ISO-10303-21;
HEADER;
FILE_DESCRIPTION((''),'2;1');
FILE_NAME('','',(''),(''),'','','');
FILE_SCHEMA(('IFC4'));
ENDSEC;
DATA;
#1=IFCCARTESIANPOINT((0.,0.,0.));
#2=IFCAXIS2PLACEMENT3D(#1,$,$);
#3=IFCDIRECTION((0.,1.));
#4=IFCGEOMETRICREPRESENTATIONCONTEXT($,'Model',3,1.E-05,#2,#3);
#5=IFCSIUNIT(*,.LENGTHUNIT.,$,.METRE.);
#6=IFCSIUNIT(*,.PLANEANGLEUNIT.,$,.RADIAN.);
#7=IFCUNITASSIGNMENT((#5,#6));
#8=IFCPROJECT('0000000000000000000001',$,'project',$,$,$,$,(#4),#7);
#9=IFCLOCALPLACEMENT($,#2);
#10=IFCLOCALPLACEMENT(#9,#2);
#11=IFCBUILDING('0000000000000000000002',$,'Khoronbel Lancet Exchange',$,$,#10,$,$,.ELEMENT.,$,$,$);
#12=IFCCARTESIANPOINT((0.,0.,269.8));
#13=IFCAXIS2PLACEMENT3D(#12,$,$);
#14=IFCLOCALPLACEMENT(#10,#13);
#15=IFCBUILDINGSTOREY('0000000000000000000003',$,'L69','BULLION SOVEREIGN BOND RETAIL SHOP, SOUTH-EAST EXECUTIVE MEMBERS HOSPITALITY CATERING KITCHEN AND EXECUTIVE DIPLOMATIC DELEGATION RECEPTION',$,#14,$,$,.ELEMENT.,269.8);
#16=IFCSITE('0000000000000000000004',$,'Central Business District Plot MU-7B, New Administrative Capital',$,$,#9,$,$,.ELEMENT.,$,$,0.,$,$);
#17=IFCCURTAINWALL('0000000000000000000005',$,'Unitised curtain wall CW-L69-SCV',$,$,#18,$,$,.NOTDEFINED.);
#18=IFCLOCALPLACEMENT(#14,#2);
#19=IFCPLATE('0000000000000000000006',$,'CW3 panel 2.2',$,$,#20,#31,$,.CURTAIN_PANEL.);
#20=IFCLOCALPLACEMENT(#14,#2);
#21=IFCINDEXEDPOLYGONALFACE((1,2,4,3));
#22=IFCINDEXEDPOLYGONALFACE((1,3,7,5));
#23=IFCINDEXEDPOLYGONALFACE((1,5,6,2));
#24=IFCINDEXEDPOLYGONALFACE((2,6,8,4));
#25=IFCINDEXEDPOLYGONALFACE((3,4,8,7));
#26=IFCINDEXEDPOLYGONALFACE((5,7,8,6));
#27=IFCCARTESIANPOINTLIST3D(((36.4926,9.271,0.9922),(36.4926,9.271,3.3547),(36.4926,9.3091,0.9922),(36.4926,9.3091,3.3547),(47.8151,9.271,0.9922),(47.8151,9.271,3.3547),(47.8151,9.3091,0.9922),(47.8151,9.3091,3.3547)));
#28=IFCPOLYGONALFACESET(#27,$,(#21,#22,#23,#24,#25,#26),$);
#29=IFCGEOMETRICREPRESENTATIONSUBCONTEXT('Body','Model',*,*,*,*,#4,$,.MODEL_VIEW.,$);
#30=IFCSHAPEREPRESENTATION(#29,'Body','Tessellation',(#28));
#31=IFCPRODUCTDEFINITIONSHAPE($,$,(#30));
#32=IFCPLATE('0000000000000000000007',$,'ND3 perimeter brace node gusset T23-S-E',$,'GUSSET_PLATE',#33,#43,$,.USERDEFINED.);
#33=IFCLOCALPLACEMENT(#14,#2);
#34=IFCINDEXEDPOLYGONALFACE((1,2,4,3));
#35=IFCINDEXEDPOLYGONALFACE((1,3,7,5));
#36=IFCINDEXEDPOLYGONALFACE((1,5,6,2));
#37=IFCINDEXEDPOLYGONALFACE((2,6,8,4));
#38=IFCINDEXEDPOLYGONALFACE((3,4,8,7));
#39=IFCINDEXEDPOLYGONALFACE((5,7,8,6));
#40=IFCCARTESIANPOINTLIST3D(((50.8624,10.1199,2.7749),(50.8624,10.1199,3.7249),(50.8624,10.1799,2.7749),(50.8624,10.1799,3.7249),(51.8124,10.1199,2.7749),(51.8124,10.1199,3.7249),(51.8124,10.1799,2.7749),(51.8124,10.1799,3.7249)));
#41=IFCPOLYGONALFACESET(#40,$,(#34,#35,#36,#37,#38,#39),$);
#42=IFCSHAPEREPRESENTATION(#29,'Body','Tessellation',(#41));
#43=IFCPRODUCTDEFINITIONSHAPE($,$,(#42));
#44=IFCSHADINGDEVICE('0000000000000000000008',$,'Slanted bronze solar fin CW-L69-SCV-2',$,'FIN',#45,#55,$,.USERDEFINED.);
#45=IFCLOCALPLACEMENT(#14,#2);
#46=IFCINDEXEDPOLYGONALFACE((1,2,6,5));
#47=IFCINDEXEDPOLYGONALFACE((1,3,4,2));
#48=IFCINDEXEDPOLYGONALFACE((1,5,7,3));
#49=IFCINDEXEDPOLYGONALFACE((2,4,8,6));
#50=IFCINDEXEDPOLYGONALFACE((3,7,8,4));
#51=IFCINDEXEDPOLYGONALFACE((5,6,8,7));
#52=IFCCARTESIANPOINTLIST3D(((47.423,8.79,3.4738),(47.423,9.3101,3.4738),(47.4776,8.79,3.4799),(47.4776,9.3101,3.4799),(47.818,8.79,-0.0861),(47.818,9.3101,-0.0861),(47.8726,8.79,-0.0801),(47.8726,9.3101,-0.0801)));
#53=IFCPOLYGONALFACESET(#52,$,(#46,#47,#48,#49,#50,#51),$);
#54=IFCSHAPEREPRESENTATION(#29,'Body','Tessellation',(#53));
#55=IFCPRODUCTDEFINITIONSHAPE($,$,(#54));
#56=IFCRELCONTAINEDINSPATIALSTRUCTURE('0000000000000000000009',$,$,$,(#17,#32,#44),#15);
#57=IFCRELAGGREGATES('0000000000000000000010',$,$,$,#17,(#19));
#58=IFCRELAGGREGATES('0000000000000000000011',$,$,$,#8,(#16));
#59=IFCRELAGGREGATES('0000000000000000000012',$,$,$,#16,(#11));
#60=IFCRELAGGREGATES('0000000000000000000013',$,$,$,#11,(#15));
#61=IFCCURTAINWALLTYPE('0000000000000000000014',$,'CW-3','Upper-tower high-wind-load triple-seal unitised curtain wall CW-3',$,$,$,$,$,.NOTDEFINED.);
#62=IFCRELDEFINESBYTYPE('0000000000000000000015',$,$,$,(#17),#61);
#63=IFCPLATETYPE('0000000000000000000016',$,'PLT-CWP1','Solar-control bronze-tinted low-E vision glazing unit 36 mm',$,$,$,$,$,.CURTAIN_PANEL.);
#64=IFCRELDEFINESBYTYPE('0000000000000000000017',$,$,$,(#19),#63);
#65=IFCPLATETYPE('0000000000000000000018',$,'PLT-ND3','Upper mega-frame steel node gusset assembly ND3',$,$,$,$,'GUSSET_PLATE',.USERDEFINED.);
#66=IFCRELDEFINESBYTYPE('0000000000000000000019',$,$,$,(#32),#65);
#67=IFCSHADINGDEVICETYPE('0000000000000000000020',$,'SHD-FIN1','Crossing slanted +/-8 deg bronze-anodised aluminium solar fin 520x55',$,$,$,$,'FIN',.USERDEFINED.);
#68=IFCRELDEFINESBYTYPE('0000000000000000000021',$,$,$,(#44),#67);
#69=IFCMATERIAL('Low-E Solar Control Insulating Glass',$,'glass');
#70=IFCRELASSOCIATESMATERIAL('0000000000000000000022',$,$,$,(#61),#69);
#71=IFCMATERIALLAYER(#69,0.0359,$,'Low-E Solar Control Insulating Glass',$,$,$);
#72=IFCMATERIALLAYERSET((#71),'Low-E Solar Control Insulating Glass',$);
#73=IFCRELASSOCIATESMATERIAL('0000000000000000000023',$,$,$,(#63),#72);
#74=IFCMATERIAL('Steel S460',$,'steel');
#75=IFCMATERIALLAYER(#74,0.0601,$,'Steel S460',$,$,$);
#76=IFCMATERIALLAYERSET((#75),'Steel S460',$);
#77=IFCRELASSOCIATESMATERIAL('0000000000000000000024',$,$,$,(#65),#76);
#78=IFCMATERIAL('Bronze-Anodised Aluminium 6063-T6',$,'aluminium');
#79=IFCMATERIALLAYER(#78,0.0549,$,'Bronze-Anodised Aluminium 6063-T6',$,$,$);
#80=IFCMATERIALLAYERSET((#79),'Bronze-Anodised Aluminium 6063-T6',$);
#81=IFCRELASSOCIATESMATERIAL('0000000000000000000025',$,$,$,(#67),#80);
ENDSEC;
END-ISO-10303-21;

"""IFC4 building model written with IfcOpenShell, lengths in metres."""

from ifc_helpers import new_model, si_unit, direction, frame, origin, origin_2d, place, context, subcontext, project, spatial, polyline, rectangle, outline, extrude, material, layer, layer_set, type_object, element, aggregate, save


model = new_model("IFC4")

# Units and contexts
model_context = context("Model", 3, precision=1e-05, world=origin(), true_north=direction((0.0, 1.0)))
body_context = subcontext(model_context, "Body", "Model", "MODEL_VIEW")
ifc_project = project(units=[si_unit("LENGTHUNIT", "METRE"), si_unit("PLANEANGLEUNIT", "RADIAN")], contexts=[model_context])

# Site, building, storey
site_placement = place(None, origin())
site = spatial("IfcSite", under=ifc_project, at=site_placement, Name="Central Business District Plot MU-7B, New Administrative Capital", CompositionType="ELEMENT", RefElevation=0.0)
building_placement = place(site_placement, origin())
building = spatial("IfcBuilding", under=site, at=building_placement, Name="Khoronbel Lancet Exchange", CompositionType="ELEMENT")
storey_placement = place(building_placement, frame((0.0, 0.0, 269.8)))
storey = spatial("IfcBuildingStorey", under=building, at=storey_placement, Name="L69", Description="BULLION SOVEREIGN BOND RETAIL SHOP, SOUTH-EAST EXECUTIVE MEMBERS HOSPITALITY CATERING KITCHEN AND EXECUTIVE DIPLOMATIC DELEGATION RECEPTION", CompositionType="ELEMENT", Elevation=269.8)

# Shared definitions
ifc_material_1 = material(Name="Steel S460", Category="steel")

# Curtain wall
ifc_material_2 = material(Name="Low-E Solar Control Insulating Glass", Category="glass")
curtain_wall_type = type_object("IfcCurtainWallType", Name="CW-3", Description="Upper-tower high-wind-load triple-seal unitised curtain wall CW-3", PredefinedType="NOTDEFINED", material=ifc_material_2)
curtain_wall_1_placement = place(storey_placement, origin())
curtain_wall_1 = element("IfcCurtainWall", 1, at=curtain_wall_1_placement, inside=storey, type_object=curtain_wall_type, Name="Unitised curtain wall CW-L69-SCV", PredefinedType="NOTDEFINED")
ifc_material_3 = material(Name="Bronze-Anodised Aluminium 6063-T6", Category="aluminium")

# Plates
ifc_layer_1 = layer(ifc_material_2, 0.0359, Name="Low-E Solar Control Insulating Glass")
ifc_layer_set_1 = layer_set([ifc_layer_1], Name="Low-E Solar Control Insulating Glass")
plate_type_1 = type_object("IfcPlateType", Name="PLT-CWP1", Description="Solar-control bronze-tinted low-E vision glazing unit 36 mm", PredefinedType="CURTAIN_PANEL", material=ifc_layer_set_1)
plate_1_placement = place(storey_placement, frame((42.1538, 9.29, 0.9922), z_axis=(0.0, 0.0, 1.0), x_axis=(1.0, 0.0, 0.0)))
plate_1 = element("IfcPlate", 2, at=plate_1_placement, type_object=plate_type_1, Name="CW3 panel 2.2", PredefinedType="CURTAIN_PANEL", context=body_context, shape_type="SweptSolid", body=[
    extrude(rectangle(XDim=11.3225, YDim=0.0381, at=origin_2d()), origin(), (0.0, 0.0, 1.0), 2.3625),
])
aggregate(curtain_wall_1, [plate_1])
ifc_layer_2 = layer(ifc_material_1, 0.0601, Name="Steel S460")
ifc_layer_set_2 = layer_set([ifc_layer_2], Name="Steel S460")
plate_type_2 = type_object("IfcPlateType", Name="PLT-ND3", Description="Upper mega-frame steel node gusset assembly ND3", ElementType="GUSSET_PLATE", PredefinedType="USERDEFINED", material=ifc_layer_set_2)
plate_2_placement = place(storey_placement, frame((51.3374, 10.1499, 2.7749), z_axis=(0.0, 0.0, 1.0), x_axis=(1.0, 0.0, 0.0)))
element("IfcPlate", 3, at=plate_2_placement, inside=storey, type_object=plate_type_2, Name="ND3 perimeter brace node gusset T23-S-E", ObjectType="GUSSET_PLATE", PredefinedType="USERDEFINED", context=body_context, shape_type="SweptSolid", body=[
    extrude(rectangle(XDim=0.95, YDim=0.0601, at=origin_2d()), origin(), (0.0, 0.0, 1.0), 0.95),
])

# Shading device
ifc_layer_3 = layer(ifc_material_3, 0.0549, Name="Bronze-Anodised Aluminium 6063-T6")
ifc_layer_set_3 = layer_set([ifc_layer_3], Name="Bronze-Anodised Aluminium 6063-T6")
shading_device_type = type_object("IfcShadingDeviceType", Name="SHD-FIN1", Description="Crossing slanted +/-8 deg bronze-anodised aluminium solar fin 520x55", ElementType="FIN", PredefinedType="USERDEFINED", material=ifc_layer_set_3)
shading_device_placement = place(storey_placement, frame((47.8726, 9.3101, -0.0801), z_axis=(0.9939, 0.0, 0.110282), x_axis=(0.0, -1.0, 0.0)))
element("IfcShadingDevice", 4, at=shading_device_placement, inside=storey, type_object=shading_device_type, Name="Slanted bronze solar fin CW-L69-SCV-2", ObjectType="FIN", PredefinedType="USERDEFINED", context=body_context, shape_type="SweptSolid", body=[
    extrude(outline(polyline([(0.0, 0.0), (0.52, 0.0), (0.52, -3.5818), (0.0, -3.5818), (0.0, 0.0)])), origin(), (0.0, 0.0, -1.0), 0.0549),
])

save(model, "model.ifc")
